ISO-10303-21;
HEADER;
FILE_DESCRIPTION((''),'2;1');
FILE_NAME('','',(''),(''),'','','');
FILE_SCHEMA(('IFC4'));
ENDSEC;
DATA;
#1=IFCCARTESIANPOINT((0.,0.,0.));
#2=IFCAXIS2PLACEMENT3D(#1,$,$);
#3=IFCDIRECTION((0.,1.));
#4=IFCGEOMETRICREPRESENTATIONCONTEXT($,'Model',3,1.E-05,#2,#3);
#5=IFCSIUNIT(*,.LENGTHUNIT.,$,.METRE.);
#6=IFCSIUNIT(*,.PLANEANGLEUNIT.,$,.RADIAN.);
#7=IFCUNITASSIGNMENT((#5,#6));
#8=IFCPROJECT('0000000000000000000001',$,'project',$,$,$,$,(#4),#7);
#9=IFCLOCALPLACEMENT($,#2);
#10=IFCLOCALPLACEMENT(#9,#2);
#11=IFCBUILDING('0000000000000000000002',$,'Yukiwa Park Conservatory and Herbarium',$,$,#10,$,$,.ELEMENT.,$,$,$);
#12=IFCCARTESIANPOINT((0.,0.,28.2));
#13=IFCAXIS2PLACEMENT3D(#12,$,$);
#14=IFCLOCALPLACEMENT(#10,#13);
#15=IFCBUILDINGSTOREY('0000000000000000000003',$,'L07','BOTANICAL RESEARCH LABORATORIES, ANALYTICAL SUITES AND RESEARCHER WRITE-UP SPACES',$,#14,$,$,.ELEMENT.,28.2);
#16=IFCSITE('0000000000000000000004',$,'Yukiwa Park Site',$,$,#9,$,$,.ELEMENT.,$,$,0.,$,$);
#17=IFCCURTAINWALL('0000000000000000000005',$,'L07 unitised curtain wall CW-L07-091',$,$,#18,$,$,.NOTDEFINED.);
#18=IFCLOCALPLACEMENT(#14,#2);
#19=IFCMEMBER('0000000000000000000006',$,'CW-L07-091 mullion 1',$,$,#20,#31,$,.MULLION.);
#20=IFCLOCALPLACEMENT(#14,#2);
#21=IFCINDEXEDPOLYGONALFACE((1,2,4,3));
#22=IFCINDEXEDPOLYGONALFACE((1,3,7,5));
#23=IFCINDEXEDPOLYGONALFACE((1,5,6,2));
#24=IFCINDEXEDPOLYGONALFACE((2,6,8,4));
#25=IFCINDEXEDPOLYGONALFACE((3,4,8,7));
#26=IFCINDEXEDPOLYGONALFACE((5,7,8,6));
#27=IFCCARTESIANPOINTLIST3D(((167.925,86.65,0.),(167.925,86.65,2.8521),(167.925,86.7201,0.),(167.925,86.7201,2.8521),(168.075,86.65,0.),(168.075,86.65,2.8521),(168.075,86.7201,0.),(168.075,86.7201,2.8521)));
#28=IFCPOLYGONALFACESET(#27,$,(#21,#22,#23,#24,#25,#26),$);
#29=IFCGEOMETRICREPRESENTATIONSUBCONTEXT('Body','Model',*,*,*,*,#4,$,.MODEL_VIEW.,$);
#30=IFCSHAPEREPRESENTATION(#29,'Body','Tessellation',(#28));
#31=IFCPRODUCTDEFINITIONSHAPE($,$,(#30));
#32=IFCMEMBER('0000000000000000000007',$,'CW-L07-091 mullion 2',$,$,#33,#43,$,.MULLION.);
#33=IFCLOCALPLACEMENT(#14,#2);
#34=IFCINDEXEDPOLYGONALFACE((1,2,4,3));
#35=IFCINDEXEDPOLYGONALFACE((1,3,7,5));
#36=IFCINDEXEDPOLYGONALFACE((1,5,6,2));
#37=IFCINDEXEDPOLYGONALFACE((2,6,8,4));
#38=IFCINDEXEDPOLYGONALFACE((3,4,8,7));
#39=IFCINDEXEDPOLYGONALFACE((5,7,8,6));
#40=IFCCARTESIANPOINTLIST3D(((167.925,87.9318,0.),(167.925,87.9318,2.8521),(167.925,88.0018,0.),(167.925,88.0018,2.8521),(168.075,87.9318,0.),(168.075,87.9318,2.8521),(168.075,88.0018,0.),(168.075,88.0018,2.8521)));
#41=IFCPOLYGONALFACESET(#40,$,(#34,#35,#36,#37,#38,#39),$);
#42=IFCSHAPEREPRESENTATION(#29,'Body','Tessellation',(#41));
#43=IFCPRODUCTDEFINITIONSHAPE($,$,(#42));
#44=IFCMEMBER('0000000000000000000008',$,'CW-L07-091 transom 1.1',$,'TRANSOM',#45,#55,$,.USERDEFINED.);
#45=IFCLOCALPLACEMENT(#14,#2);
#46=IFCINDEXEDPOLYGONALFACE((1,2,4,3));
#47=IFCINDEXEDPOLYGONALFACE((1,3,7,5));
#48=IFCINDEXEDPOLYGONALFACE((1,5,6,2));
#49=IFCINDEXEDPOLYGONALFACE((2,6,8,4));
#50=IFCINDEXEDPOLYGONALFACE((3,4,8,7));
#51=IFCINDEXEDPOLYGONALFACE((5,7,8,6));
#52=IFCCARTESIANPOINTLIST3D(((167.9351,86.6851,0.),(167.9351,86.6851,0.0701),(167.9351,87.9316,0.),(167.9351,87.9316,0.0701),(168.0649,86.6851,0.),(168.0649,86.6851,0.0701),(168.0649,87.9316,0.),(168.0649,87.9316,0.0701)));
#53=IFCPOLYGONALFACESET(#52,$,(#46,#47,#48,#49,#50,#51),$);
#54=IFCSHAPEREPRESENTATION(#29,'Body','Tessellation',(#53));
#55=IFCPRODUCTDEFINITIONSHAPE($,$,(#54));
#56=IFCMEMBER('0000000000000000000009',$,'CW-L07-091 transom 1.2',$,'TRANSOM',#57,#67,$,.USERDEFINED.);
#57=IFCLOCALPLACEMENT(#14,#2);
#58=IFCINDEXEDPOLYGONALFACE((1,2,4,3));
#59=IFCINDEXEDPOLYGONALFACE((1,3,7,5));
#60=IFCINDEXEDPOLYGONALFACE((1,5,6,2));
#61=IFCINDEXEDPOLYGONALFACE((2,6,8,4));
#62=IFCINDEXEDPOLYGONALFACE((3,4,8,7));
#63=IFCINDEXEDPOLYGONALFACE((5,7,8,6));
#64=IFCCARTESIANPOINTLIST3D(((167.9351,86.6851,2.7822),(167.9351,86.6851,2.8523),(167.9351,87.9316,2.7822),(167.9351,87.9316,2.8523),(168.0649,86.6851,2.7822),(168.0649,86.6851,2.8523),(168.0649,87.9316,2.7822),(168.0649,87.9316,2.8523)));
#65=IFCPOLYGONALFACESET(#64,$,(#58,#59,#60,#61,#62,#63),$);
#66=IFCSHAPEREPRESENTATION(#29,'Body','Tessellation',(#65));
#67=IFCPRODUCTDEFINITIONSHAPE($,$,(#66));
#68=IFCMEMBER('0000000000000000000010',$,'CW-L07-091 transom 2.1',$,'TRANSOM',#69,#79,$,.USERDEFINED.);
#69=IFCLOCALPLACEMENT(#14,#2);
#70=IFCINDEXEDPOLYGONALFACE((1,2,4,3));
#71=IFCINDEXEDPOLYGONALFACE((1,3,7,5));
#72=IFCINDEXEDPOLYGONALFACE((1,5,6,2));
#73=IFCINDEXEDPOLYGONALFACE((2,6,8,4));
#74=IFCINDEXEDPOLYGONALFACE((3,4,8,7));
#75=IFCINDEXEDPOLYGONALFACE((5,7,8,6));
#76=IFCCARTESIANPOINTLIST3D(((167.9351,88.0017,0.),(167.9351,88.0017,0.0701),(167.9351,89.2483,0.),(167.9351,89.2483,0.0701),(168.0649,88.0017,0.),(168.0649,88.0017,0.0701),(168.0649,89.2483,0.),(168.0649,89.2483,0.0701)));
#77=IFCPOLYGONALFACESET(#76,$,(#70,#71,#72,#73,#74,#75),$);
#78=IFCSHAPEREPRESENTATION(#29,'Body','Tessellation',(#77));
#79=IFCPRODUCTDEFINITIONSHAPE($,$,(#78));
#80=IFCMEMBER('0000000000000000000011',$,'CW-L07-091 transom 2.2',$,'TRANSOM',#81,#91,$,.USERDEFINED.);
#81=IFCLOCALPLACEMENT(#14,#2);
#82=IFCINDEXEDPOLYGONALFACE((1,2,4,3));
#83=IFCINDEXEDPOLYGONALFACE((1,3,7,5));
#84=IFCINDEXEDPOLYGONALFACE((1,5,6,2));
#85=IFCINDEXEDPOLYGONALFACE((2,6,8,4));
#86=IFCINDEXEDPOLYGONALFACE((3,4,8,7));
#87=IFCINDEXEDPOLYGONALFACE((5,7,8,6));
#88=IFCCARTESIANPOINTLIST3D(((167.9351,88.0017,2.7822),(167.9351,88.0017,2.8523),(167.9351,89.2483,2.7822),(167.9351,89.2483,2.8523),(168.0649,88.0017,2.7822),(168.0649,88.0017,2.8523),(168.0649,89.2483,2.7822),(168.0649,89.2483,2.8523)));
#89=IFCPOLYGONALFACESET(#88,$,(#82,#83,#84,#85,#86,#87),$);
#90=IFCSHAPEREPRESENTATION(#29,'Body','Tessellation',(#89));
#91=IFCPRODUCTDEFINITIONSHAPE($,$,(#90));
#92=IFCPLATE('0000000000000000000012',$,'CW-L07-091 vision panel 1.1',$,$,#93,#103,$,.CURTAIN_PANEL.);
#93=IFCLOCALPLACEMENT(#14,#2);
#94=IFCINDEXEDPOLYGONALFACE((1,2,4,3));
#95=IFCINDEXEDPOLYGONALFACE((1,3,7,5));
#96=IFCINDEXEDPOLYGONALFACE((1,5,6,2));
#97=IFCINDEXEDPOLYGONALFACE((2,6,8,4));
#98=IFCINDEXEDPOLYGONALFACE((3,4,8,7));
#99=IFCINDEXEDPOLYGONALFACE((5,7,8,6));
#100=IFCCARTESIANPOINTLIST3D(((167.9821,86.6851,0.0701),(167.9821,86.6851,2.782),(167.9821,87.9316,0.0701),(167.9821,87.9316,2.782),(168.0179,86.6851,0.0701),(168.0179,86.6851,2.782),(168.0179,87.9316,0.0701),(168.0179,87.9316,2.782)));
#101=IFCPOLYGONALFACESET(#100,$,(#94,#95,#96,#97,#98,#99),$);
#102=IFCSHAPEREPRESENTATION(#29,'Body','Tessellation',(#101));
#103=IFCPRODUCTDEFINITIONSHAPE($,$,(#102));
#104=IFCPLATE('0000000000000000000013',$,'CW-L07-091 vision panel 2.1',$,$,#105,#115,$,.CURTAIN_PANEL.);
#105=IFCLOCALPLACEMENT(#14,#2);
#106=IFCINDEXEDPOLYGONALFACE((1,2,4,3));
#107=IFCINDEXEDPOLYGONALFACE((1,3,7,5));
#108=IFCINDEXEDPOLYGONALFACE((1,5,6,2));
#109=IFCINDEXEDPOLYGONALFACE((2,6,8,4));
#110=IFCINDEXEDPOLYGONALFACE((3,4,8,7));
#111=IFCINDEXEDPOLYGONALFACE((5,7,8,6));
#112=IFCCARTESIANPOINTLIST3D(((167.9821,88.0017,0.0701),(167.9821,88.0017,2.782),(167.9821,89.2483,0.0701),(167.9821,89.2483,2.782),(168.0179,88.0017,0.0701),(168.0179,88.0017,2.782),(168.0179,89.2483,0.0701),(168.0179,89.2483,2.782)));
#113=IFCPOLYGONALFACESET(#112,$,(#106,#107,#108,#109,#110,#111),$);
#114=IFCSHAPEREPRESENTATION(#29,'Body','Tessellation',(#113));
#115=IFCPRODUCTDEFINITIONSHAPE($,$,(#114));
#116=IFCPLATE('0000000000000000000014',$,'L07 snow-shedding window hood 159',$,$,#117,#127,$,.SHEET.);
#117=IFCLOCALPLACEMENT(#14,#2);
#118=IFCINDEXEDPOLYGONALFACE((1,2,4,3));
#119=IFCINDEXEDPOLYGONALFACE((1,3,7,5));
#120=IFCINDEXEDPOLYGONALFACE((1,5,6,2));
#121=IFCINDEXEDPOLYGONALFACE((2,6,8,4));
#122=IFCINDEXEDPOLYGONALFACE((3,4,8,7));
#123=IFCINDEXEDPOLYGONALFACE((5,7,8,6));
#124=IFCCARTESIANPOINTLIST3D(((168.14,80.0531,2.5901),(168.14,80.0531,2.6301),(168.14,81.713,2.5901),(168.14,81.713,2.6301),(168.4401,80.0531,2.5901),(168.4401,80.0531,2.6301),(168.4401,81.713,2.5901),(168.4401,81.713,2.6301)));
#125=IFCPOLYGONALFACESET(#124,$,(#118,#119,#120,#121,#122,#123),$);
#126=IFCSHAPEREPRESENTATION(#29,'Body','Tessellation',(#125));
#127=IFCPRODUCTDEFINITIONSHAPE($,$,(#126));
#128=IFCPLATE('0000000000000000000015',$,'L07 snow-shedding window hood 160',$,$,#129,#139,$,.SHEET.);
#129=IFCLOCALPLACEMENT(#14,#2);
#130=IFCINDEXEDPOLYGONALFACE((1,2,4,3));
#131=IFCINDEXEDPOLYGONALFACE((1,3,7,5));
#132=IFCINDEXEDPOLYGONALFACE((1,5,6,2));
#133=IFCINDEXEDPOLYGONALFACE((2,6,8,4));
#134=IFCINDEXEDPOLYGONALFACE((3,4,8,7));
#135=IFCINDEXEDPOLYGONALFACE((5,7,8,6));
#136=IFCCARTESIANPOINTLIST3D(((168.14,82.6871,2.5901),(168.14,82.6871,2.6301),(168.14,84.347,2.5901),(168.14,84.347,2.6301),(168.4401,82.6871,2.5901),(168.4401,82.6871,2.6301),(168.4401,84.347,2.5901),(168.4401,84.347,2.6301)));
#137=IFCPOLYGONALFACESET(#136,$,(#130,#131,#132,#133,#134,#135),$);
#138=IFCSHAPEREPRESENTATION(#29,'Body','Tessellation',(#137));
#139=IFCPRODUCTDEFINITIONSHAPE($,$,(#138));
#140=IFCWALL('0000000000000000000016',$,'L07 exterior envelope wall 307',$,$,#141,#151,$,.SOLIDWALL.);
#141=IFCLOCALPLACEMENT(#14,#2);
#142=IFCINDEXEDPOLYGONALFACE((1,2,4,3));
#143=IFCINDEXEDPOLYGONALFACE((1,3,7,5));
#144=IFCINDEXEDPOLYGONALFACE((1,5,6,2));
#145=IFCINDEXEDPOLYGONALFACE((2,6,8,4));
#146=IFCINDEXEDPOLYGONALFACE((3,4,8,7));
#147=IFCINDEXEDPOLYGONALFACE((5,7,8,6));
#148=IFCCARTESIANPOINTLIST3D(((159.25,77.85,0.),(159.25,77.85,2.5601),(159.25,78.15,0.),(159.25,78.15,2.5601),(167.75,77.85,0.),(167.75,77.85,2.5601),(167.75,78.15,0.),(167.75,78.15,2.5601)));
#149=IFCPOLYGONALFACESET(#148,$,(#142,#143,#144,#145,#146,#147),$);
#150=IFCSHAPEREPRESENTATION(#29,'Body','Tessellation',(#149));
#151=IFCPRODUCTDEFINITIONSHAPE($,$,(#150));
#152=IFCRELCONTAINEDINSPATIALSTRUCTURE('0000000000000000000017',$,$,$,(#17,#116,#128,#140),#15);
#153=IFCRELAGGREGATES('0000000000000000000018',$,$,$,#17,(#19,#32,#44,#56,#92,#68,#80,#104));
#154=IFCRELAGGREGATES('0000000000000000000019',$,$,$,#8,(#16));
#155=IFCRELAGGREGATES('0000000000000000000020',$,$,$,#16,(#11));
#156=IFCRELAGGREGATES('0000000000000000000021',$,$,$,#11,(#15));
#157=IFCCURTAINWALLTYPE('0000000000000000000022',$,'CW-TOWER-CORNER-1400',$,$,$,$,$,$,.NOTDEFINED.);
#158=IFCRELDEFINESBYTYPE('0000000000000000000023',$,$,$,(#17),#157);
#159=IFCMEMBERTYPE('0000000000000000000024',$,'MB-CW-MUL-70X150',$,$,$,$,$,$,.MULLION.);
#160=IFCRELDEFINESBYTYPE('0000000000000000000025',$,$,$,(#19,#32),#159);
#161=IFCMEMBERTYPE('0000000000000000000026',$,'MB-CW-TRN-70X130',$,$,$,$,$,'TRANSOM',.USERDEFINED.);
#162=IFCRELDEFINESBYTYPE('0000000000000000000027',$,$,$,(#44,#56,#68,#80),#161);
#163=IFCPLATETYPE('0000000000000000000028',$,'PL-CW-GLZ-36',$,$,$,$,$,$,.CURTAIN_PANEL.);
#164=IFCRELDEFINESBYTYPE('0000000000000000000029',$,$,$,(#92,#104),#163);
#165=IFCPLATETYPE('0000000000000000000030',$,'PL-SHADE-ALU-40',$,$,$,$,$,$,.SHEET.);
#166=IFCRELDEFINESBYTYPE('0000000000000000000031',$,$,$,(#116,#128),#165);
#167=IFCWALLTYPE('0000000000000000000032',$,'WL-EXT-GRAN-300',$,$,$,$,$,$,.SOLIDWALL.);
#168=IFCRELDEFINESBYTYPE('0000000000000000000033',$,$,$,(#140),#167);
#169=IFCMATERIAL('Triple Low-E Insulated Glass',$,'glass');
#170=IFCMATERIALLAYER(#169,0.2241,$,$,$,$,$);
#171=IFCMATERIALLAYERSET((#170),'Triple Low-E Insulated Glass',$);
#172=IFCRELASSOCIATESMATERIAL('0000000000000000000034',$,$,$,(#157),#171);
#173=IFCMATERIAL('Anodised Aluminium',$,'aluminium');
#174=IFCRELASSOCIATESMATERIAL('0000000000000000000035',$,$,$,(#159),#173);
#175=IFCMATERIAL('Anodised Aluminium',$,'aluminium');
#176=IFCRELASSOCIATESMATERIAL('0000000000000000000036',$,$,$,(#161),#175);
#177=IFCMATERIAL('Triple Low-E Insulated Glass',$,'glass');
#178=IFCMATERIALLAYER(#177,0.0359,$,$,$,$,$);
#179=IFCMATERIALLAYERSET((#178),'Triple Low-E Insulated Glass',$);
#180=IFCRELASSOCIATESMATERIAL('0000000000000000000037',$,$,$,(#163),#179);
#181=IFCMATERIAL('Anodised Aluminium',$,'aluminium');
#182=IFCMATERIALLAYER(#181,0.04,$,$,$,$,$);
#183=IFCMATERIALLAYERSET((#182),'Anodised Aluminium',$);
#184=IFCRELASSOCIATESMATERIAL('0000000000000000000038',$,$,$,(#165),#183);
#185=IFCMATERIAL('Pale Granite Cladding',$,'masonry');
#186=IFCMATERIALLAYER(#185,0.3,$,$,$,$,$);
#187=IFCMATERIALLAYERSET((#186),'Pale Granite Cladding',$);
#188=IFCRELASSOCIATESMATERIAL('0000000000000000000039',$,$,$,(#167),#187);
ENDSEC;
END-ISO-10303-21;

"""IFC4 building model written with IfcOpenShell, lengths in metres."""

from ifc_helpers import new_model, si_unit, direction, frame, frame_2d, origin, origin_2d, place, context, subcontext, project, spatial, rectangle, extrude, material, layer, layer_set, type_object, element, aggregate, save


model = new_model("IFC4")

# Units and contexts
model_context = context("Model", 3, precision=1e-05, world=origin(), true_north=direction((0.0, 1.0)))
body_context = subcontext(model_context, "Body", "Model", "MODEL_VIEW")
ifc_project = project(units=[si_unit("LENGTHUNIT", "METRE"), si_unit("PLANEANGLEUNIT", "RADIAN")], contexts=[model_context])

# Site, building, storey
site_placement = place(None, origin())
site = spatial("IfcSite", under=ifc_project, at=site_placement, Name="Yukiwa Park Site", CompositionType="ELEMENT", RefElevation=0.0)
building_placement = place(site_placement, origin())
building = spatial("IfcBuilding", under=site, at=building_placement, Name="Yukiwa Park Conservatory and Herbarium", CompositionType="ELEMENT")
storey_placement = place(building_placement, frame((0.0, 0.0, 28.2)))
storey = spatial("IfcBuildingStorey", under=building, at=storey_placement, Name="L07", Description="BOTANICAL RESEARCH LABORATORIES, ANALYTICAL SUITES AND RESEARCHER WRITE-UP SPACES", CompositionType="ELEMENT", Elevation=28.2)

# Curtain wall, members, plates
ifc_material_1 = material(Name="Triple Low-E Insulated Glass", Category="glass")
ifc_layer_1 = layer(ifc_material_1, 0.2241)
ifc_layer_set_1 = layer_set([ifc_layer_1], Name="Triple Low-E Insulated Glass")
curtain_wall_type = type_object("IfcCurtainWallType", Name="CW-TOWER-CORNER-1400", PredefinedType="NOTDEFINED", material=ifc_layer_set_1)
curtain_wall_placement = place(storey_placement, origin())
curtain_wall = element("IfcCurtainWall", 1, at=curtain_wall_placement, inside=storey, type_object=curtain_wall_type, Name="L07 unitised curtain wall CW-L07-091", PredefinedType="NOTDEFINED")
ifc_material_2 = material(Name="Anodised Aluminium", Category="aluminium")
member_type_1 = type_object("IfcMemberType", Name="MB-CW-MUL-70X150", PredefinedType="MULLION", material=ifc_material_2)
member_1_placement = place(storey_placement, frame((168.0, 86.6851, 0.0), z_axis=(0.0, 0.0, 1.0), x_axis=(0.0, 1.0, 0.0)))
member_1 = element("IfcMember", 2, at=member_1_placement, type_object=member_type_1, Name="CW-L07-091 mullion 1", PredefinedType="MULLION", context=body_context, shape_type="SweptSolid", body=[
    extrude(rectangle(XDim=0.0701, YDim=0.1499, at=origin_2d()), origin(), (0.0, 0.0, 1.0), 2.8521),
])
member_2_placement = place(storey_placement, frame((168.0, 87.9668, 0.0), z_axis=(0.0, 0.0, 1.0), x_axis=(0.0, 1.0, 0.0)))
member_2 = element("IfcMember", 3, at=member_2_placement, type_object=member_type_1, Name="CW-L07-091 mullion 2", PredefinedType="MULLION", context=body_context, shape_type="SweptSolid", body=[
    extrude(rectangle(XDim=0.0701, YDim=0.1499, at=origin_2d()), origin(), (0.0, 0.0, 1.0), 2.8521),
])
ifc_material_3 = material(Name="Anodised Aluminium", Category="aluminium")
member_type_2 = type_object("IfcMemberType", Name="MB-CW-TRN-70X130", ElementType="TRANSOM", PredefinedType="USERDEFINED", material=ifc_material_3)
member_3_placement = place(storey_placement, frame((168.0, 87.3083, 0.0), z_axis=(0.0, 0.0, 1.0), x_axis=(0.0, 1.0, 0.0)))
member_3 = element("IfcMember", 4, at=member_3_placement, type_object=member_type_2, Name="CW-L07-091 transom 1.1", ObjectType="TRANSOM", PredefinedType="USERDEFINED", context=body_context, shape_type="SweptSolid", body=[
    extrude(rectangle(XDim=1.2466, YDim=0.1299, at=origin_2d()), origin(), (0.0, 0.0, 1.0), 0.0701),
])
member_4_placement = place(storey_placement, frame((168.0, 87.3083, 2.7822), z_axis=(0.0, 0.0, 1.0), x_axis=(0.0, 1.0, 0.0)))
member_4 = element("IfcMember", 5, at=member_4_placement, type_object=member_type_2, Name="CW-L07-091 transom 1.2", ObjectType="TRANSOM", PredefinedType="USERDEFINED", context=body_context, shape_type="SweptSolid", body=[
    extrude(rectangle(XDim=1.2466, YDim=0.1299, at=origin_2d()), origin(), (0.0, 0.0, 1.0), 0.0701),
])
member_5_placement = place(storey_placement, frame((168.0, 88.625, 0.0), z_axis=(0.0, 0.0, 1.0), x_axis=(0.0, 1.0, 0.0)))
member_5 = element("IfcMember", 6, at=member_5_placement, type_object=member_type_2, Name="CW-L07-091 transom 2.1", ObjectType="TRANSOM", PredefinedType="USERDEFINED", context=body_context, shape_type="SweptSolid", body=[
    extrude(rectangle(XDim=1.2466, YDim=0.1299, at=origin_2d()), origin(), (0.0, 0.0, 1.0), 0.0701),
])
member_6_placement = place(storey_placement, frame((168.0, 88.625, 2.7822), z_axis=(0.0, 0.0, 1.0), x_axis=(0.0, 1.0, 0.0)))
member_6 = element("IfcMember", 7, at=member_6_placement, type_object=member_type_2, Name="CW-L07-091 transom 2.2", ObjectType="TRANSOM", PredefinedType="USERDEFINED", context=body_context, shape_type="SweptSolid", body=[
    extrude(rectangle(XDim=1.2466, YDim=0.1299, at=origin_2d()), origin(), (0.0, 0.0, 1.0), 0.0701),
])
ifc_material_4 = material(Name="Triple Low-E Insulated Glass", Category="glass")
ifc_layer_2 = layer(ifc_material_4, 0.0359)
ifc_layer_set_2 = layer_set([ifc_layer_2], Name="Triple Low-E Insulated Glass")
plate_type_1 = type_object("IfcPlateType", Name="PL-CW-GLZ-36", PredefinedType="CURTAIN_PANEL", material=ifc_layer_set_2)
plate_1_placement = place(storey_placement, frame((168.0, 87.3083, 0.0701), z_axis=(0.0, 0.0, 1.0), x_axis=(0.0, 1.0, 0.0)))
plate_1 = element("IfcPlate", 8, at=plate_1_placement, type_object=plate_type_1, Name="CW-L07-091 vision panel 1.1", PredefinedType="CURTAIN_PANEL", context=body_context, shape_type="SweptSolid", body=[
    extrude(rectangle(XDim=1.2466, YDim=0.0359, at=origin_2d()), origin(), (0.0, 0.0, 1.0), 2.7119),
])
plate_2_placement = place(storey_placement, frame((168.0, 88.625, 0.0701), z_axis=(0.0, 0.0, 1.0), x_axis=(0.0, 1.0, 0.0)))
plate_2 = element("IfcPlate", 9, at=plate_2_placement, type_object=plate_type_1, Name="CW-L07-091 vision panel 2.1", PredefinedType="CURTAIN_PANEL", context=body_context, shape_type="SweptSolid", body=[
    extrude(rectangle(XDim=1.2466, YDim=0.0359, at=origin_2d()), origin(), (0.0, 0.0, 1.0), 2.7119),
])
aggregate(curtain_wall, [member_1, member_2, member_3, member_4, plate_1, member_5, member_6, plate_2])

# Plates
ifc_material_5 = material(Name="Anodised Aluminium", Category="aluminium")
ifc_layer_3 = layer(ifc_material_5, 0.04)
ifc_layer_set_3 = layer_set([ifc_layer_3], Name="Anodised Aluminium")
plate_type_2 = type_object("IfcPlateType", Name="PL-SHADE-ALU-40", PredefinedType="SHEET", material=ifc_layer_set_3)
for number, where, z_axis, x_axis, name in (
    (10, (168.29, 80.8831, 2.5901), (0.0, 0.0, 1.0), (0.0, 1.0, 0.0), "L07 snow-shedding window hood 159"),
    (11, (168.29, 83.5171, 2.5901), (0.0, 0.0, 1.0), (0.0, 1.0, 0.0), "L07 snow-shedding window hood 160"),
):
    element("IfcPlate", number, at=place(storey_placement, frame(where, z_axis=z_axis, x_axis=x_axis)), inside=storey, type_object=plate_type_2, Name=name, PredefinedType="SHEET", context=body_context, shape_type="SweptSolid", body=[
        extrude(rectangle(XDim=1.6599, YDim=0.3, at=origin_2d()), origin(), (0.0, 0.0, 1.0), 0.04),
    ])

# Wall
ifc_material_6 = material(Name="Pale Granite Cladding", Category="masonry")
ifc_layer_4 = layer(ifc_material_6, 0.3)
ifc_layer_set_4 = layer_set([ifc_layer_4], Name="Pale Granite Cladding")
wall_type = type_object("IfcWallType", Name="WL-EXT-GRAN-300", PredefinedType="SOLIDWALL", material=ifc_layer_set_4)
wall_1_placement = place(storey_placement, frame((159.25, 78.0, 0.0), z_axis=(0.0, 0.0, 1.0), x_axis=(1.0, 0.0, 0.0)))
element("IfcWall", 12, at=wall_1_placement, inside=storey, type_object=wall_type, Name="L07 exterior envelope wall 307", PredefinedType="SOLIDWALL", context=body_context, shape_type="SweptSolid", body=[
    extrude(rectangle(XDim=8.5, YDim=0.3, at=frame_2d((4.25, 0.0))), origin(), (0.0, 0.0, 1.0), 2.5601),
])

save(model, "model.ifc")
